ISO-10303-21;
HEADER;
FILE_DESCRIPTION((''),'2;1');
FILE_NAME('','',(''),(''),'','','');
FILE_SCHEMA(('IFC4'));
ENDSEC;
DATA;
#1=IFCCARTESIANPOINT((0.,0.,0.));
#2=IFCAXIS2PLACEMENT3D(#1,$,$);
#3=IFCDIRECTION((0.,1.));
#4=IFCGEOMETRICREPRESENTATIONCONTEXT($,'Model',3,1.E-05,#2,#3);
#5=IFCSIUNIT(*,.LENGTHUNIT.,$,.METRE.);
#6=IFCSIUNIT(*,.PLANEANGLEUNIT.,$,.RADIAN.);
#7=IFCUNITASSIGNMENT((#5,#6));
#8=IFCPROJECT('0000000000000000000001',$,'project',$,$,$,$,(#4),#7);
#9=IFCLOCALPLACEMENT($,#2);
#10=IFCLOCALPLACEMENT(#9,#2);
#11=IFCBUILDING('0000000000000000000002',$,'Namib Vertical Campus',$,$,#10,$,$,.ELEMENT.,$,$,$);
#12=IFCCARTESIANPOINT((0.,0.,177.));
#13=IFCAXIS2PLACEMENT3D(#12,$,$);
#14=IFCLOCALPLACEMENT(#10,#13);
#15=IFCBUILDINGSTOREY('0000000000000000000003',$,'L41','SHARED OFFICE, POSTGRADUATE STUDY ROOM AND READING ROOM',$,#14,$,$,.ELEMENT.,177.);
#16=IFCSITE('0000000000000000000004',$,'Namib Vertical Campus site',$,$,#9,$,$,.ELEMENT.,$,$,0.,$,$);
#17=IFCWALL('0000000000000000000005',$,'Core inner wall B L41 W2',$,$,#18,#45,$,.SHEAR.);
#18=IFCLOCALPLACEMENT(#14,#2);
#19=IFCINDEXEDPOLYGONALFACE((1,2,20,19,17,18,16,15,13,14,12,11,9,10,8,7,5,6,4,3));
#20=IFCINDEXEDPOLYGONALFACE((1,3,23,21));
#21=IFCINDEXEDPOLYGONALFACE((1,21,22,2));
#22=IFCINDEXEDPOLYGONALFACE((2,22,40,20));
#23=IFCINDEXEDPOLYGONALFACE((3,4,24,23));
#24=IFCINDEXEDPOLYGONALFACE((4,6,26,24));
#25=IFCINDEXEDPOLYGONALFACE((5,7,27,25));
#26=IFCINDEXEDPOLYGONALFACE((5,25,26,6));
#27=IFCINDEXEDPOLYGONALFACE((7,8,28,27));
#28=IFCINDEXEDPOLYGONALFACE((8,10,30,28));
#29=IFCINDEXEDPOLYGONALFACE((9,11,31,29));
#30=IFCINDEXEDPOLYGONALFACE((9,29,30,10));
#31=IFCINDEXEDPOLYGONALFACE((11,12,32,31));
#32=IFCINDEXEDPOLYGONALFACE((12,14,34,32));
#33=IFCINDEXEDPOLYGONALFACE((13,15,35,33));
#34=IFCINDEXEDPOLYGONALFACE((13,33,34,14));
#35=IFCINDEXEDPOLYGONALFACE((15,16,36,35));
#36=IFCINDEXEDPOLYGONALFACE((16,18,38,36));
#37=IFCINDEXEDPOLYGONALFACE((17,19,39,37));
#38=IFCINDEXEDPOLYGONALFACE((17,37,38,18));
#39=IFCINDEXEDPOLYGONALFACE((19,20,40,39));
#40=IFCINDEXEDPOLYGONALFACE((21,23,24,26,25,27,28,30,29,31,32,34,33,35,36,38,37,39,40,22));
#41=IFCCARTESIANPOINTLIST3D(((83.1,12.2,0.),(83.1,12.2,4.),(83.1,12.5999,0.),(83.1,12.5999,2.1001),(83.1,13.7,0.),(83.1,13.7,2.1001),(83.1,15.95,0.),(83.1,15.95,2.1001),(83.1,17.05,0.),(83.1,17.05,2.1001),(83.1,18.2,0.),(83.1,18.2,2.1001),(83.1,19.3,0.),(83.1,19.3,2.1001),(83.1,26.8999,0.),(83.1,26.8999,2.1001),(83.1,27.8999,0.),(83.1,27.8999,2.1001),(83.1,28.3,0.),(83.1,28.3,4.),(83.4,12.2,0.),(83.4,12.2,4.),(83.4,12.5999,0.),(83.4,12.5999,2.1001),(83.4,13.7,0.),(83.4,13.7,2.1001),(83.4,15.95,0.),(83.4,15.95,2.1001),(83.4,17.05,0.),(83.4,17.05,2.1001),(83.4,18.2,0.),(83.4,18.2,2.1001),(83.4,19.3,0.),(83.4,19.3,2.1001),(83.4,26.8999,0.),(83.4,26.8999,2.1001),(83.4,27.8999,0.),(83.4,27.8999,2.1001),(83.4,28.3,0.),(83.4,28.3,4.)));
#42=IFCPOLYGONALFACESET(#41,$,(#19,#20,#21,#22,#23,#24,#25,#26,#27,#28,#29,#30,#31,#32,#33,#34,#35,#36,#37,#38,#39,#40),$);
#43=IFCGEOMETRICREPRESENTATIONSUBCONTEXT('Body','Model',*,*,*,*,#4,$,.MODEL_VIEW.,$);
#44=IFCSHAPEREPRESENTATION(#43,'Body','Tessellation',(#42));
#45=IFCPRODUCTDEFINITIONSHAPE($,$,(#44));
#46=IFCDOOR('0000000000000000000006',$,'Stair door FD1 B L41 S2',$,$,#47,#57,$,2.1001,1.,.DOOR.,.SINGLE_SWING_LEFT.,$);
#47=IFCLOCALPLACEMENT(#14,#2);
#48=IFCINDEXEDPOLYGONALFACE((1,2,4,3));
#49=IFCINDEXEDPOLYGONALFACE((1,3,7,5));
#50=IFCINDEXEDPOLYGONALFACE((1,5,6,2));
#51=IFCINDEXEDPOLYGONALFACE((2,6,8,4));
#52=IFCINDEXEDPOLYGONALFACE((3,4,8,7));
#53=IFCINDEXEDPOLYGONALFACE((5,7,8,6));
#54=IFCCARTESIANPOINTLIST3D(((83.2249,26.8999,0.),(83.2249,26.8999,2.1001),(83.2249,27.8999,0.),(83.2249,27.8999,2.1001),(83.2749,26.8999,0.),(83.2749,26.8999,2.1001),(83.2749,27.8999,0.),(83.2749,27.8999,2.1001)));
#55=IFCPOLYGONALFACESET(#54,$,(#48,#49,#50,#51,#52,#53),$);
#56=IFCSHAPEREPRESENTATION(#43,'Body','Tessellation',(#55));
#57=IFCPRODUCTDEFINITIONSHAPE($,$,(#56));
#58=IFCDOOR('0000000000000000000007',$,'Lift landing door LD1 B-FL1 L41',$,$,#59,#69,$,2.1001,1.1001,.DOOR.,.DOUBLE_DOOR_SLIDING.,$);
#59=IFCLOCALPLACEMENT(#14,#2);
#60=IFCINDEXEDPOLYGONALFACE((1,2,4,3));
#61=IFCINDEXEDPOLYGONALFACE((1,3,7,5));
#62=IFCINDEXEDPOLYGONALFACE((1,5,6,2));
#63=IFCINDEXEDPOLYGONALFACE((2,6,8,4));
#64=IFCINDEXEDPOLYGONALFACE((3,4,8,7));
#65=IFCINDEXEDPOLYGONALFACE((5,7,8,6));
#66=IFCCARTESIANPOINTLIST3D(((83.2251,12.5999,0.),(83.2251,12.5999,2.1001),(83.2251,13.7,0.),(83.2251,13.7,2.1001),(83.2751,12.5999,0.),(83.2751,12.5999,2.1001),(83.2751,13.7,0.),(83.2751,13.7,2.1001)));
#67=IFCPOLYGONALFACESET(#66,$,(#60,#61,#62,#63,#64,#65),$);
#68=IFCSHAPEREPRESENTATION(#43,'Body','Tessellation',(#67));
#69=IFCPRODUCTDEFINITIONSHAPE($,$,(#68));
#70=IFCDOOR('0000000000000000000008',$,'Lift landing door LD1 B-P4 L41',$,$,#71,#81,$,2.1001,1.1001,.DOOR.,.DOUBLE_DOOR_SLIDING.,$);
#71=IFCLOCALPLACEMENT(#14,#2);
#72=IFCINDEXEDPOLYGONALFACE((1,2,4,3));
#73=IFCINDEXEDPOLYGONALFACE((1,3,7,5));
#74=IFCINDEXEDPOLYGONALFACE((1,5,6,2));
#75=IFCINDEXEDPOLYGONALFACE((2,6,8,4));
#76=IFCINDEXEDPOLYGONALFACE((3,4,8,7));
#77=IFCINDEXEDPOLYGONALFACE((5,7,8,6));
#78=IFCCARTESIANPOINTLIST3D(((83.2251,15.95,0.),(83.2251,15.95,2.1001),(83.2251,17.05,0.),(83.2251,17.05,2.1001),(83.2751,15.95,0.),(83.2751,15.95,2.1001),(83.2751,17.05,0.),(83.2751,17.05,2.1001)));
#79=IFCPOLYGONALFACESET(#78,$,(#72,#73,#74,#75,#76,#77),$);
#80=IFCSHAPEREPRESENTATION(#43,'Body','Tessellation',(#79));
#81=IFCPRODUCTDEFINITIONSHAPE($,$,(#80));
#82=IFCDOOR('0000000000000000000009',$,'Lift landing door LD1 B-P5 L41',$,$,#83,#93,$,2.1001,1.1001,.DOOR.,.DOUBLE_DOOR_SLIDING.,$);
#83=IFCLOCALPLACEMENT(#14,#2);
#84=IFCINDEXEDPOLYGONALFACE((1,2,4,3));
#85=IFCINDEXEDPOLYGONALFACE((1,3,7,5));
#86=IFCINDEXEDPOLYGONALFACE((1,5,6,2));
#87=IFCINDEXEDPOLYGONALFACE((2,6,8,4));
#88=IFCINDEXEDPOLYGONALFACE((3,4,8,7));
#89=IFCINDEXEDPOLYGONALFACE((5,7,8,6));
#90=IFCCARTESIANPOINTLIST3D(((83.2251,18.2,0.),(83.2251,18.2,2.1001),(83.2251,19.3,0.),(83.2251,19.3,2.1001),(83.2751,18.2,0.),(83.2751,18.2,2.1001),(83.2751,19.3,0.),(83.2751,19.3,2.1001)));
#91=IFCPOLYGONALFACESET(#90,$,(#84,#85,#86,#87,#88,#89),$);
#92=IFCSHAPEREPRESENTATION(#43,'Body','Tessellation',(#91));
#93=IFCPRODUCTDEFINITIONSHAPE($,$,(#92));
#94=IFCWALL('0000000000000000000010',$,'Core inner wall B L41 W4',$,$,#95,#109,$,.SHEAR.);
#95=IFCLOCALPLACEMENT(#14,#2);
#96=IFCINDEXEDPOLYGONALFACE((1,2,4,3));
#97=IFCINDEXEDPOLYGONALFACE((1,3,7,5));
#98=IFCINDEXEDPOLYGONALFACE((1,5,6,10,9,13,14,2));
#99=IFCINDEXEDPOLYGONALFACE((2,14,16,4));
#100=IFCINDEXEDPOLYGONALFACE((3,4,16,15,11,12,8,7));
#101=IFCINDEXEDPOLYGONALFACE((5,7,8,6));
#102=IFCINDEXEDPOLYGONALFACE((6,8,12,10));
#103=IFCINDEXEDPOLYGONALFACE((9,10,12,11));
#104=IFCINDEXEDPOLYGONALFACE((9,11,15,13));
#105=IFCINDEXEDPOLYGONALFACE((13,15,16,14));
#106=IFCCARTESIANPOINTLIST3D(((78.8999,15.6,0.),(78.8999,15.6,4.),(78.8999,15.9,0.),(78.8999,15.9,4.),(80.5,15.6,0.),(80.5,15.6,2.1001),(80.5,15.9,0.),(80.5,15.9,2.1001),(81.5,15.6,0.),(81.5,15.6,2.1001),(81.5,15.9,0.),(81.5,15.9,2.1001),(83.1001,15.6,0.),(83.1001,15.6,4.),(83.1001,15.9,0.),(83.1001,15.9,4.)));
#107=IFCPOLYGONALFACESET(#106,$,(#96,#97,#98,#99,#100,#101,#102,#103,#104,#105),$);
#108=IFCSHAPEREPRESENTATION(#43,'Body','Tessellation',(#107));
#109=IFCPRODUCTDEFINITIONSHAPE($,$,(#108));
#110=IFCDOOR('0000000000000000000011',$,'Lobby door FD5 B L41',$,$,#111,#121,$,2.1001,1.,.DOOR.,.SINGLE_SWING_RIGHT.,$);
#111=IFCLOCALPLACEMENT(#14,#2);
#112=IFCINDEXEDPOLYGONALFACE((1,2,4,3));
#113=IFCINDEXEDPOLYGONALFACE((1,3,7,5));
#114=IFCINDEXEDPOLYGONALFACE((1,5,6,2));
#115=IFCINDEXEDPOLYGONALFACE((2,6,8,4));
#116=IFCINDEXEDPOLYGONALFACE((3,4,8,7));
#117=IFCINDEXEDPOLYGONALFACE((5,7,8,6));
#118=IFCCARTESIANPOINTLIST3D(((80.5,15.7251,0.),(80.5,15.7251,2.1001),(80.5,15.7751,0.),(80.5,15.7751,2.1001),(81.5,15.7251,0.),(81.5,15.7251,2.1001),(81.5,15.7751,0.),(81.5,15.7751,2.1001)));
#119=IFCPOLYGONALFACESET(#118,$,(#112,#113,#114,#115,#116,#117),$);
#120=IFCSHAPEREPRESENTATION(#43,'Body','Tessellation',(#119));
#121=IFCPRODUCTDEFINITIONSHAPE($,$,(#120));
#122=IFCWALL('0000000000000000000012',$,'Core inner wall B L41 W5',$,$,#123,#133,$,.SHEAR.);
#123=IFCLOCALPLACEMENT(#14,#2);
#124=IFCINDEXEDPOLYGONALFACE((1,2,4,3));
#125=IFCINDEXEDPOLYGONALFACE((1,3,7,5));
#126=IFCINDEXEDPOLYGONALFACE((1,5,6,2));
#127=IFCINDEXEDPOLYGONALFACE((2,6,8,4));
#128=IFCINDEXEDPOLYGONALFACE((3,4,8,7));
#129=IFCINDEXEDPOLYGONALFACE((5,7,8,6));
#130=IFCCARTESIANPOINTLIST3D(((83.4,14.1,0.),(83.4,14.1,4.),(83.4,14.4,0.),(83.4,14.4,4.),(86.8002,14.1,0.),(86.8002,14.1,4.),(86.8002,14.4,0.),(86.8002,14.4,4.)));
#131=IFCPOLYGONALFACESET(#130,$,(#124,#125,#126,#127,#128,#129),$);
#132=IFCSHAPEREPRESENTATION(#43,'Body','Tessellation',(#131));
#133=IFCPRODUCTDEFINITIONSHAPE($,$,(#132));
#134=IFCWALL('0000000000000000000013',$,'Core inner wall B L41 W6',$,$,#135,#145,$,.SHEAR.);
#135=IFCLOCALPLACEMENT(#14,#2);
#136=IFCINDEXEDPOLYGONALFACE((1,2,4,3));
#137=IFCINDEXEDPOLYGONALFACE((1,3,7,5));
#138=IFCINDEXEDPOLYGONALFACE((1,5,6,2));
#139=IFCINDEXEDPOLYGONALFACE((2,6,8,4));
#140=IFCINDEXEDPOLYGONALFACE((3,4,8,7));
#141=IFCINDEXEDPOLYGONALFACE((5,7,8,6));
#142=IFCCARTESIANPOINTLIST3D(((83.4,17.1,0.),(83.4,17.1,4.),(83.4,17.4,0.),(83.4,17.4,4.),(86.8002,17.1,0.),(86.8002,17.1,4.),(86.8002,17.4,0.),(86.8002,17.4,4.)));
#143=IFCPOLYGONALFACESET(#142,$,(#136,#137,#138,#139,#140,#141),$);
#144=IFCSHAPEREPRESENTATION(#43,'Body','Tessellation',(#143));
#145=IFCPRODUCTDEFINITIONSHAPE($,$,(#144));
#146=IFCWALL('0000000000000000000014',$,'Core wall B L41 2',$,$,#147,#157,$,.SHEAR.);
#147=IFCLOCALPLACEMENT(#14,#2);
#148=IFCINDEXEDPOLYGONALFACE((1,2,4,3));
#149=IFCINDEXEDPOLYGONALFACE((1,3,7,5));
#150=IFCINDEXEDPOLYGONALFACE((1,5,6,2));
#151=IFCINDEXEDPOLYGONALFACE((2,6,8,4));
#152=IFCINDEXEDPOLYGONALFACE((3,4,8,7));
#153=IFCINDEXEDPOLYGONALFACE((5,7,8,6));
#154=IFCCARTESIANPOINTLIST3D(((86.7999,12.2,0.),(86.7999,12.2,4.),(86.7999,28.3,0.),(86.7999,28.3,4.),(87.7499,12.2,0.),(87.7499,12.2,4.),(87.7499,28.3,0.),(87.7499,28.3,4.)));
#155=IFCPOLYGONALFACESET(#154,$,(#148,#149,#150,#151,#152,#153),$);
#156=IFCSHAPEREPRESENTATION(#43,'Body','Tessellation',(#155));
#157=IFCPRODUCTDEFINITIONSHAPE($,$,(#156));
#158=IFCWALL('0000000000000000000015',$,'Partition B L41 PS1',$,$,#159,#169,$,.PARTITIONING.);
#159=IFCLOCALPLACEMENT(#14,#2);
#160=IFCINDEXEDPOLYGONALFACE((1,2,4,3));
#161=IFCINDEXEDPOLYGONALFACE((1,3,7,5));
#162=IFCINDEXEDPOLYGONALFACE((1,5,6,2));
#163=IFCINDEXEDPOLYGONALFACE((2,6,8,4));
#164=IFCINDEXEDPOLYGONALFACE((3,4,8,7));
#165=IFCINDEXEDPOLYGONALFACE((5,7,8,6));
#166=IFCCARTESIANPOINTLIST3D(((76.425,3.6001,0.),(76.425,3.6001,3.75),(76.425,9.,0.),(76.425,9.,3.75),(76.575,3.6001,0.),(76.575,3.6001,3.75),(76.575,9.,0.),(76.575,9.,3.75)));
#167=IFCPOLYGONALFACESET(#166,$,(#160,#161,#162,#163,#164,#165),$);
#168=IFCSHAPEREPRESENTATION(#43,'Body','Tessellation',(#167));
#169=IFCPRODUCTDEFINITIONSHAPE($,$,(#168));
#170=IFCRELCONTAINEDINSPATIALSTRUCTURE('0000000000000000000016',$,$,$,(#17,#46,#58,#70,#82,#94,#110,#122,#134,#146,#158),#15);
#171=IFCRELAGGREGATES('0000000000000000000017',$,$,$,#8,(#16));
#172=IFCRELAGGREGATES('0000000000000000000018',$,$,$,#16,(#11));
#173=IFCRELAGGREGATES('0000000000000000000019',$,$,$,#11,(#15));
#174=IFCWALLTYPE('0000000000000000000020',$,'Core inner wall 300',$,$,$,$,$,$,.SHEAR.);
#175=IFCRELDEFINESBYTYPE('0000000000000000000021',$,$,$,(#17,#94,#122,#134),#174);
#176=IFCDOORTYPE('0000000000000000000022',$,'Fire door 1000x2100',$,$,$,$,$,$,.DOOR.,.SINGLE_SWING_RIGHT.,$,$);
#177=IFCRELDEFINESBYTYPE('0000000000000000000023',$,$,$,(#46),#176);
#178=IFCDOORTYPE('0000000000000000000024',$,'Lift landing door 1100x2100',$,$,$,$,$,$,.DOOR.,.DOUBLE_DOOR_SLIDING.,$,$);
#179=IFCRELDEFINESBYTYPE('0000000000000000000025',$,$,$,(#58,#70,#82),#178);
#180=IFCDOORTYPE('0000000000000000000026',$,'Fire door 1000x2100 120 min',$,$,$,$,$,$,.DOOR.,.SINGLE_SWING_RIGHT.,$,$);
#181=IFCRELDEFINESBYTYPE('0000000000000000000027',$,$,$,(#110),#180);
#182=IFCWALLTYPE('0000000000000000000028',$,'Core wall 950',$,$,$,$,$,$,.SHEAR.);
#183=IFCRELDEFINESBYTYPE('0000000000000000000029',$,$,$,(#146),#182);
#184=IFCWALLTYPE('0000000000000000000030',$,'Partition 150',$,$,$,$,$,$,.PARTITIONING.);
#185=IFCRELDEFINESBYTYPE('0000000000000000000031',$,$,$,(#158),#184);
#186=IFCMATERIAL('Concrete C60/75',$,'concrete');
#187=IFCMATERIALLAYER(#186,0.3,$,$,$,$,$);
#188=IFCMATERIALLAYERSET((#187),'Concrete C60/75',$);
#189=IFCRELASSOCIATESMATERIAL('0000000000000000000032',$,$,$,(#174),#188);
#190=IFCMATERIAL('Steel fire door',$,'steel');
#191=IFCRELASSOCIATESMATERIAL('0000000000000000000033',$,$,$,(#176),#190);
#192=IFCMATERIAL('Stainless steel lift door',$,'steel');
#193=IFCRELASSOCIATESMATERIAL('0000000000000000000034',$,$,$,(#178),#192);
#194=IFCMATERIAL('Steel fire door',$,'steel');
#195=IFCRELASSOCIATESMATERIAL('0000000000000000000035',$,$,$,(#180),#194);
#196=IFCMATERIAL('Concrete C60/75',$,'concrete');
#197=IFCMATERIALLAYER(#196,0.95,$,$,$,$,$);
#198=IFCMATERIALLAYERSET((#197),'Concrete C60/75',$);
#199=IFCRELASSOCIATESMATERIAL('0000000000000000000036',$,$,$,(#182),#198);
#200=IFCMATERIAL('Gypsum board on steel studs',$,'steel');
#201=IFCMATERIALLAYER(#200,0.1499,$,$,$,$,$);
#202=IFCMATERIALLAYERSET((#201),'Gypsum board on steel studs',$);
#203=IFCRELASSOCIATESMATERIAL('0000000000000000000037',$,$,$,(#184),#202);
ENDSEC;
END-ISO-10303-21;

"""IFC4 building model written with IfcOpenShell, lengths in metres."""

from ifc_helpers import new_model, si_unit, direction, frame, frame_2d, origin, place, context, subcontext, project, spatial, rectangle, extrude, material, layer, layer_set, type_object, element, fill, save


model = new_model("IFC4")

# Units and contexts
model_context = context("Model", 3, precision=1e-05, world=origin(), true_north=direction((0.0, 1.0)))
body_context = subcontext(model_context, "Body", "Model", "MODEL_VIEW")
ifc_project = project(units=[si_unit("LENGTHUNIT", "METRE"), si_unit("PLANEANGLEUNIT", "RADIAN")], contexts=[model_context])

# Site, building, storey
site_placement = place(None, origin())
site = spatial("IfcSite", under=ifc_project, at=site_placement, Name="Namib Vertical Campus site", CompositionType="ELEMENT", RefElevation=0.0)
building_placement = place(site_placement, origin())
building = spatial("IfcBuilding", under=site, at=building_placement, Name="Namib Vertical Campus", CompositionType="ELEMENT")
storey_placement = place(building_placement, frame((0.0, 0.0, 177.0)))
storey = spatial("IfcBuildingStorey", under=building, at=storey_placement, Name="L41", Description="SHARED OFFICE, POSTGRADUATE STUDY ROOM AND READING ROOM", CompositionType="ELEMENT", Elevation=177.0)

# Wall, openings, doors
ifc_material_1 = material(Name="Concrete C60/75", Category="concrete")
ifc_layer_1 = layer(ifc_material_1, 0.3)
ifc_layer_set_1 = layer_set([ifc_layer_1], Name="Concrete C60/75")
wall_type_1 = type_object("IfcWallType", Name="Core inner wall 300", PredefinedType="SHEAR", material=ifc_layer_set_1)
ifc_material_2 = material(Name="Steel fire door", Category="steel")
door_type_1 = type_object("IfcDoorType", Name="Fire door 1000x2100", OperationType="SINGLE_SWING_RIGHT", PredefinedType="DOOR", material=ifc_material_2)
ifc_material_3 = material(Name="Stainless steel lift door", Category="steel")
door_type_2 = type_object("IfcDoorType", Name="Lift landing door 1100x2100", OperationType="DOUBLE_DOOR_SLIDING", PredefinedType="DOOR", material=ifc_material_3)
wall_1_placement = place(storey_placement, frame((83.25, 12.2, 0.0), z_axis=(0.0, 0.0, 1.0), x_axis=(0.0, 1.0, 0.0)))
wall_1 = element("IfcWall", 1, at=wall_1_placement, inside=storey, type_object=wall_type_1, Name="Core inner wall B L41 W2", PredefinedType="SHEAR", context=body_context, shape_type="SweptSolid", body=[
    extrude(rectangle(XDim=16.1001, YDim=0.3, at=frame_2d((8.05, 0.0))), origin(), (0.0, 0.0, 1.0), 4.0),
])
opening_1_placement = place(wall_1_placement, frame((14.7, 0.0, 0.0)))
opening_1 = element("IfcOpeningElement", 2, at=opening_1_placement, cuts=wall_1, PredefinedType="OPENING", context=body_context, shape_type="SweptSolid", body=[
    extrude(rectangle(XDim=1.0, YDim=2.1001, at=frame_2d((0.5, 1.05))), frame((0.0, 0.1599, 0.0), z_axis=(0.0, -1.0, 0.0), x_axis=(1.0, 0.0, 0.0)), (0.0, 0.0, 1.0), 0.3201),
])
opening_2_placement = place(wall_1_placement, frame((0.3999, 0.0, 0.0)))
opening_2 = element("IfcOpeningElement", 3, at=opening_2_placement, cuts=wall_1, PredefinedType="OPENING", context=body_context, shape_type="SweptSolid", body=[
    extrude(rectangle(XDim=1.1001, YDim=2.1001, at=frame_2d((0.55, 1.05))), frame((0.0, 0.1599, 0.0), z_axis=(0.0, -1.0, 0.0), x_axis=(1.0, 0.0, 0.0)), (0.0, 0.0, 1.0), 0.3201),
])
opening_3_placement = place(wall_1_placement, frame((3.75, 0.0, 0.0)))
opening_3 = element("IfcOpeningElement", 4, at=opening_3_placement, cuts=wall_1, PredefinedType="OPENING", context=body_context, shape_type="SweptSolid", body=[
    extrude(rectangle(XDim=1.1001, YDim=2.1001, at=frame_2d((0.55, 1.05))), frame((0.0, 0.1599, 0.0), z_axis=(0.0, -1.0, 0.0), x_axis=(1.0, 0.0, 0.0)), (0.0, 0.0, 1.0), 0.3201),
])
opening_4_placement = place(wall_1_placement, frame((6.0, 0.0, 0.0)))
opening_4 = element("IfcOpeningElement", 5, at=opening_4_placement, cuts=wall_1, PredefinedType="OPENING", context=body_context, shape_type="SweptSolid", body=[
    extrude(rectangle(XDim=1.1001, YDim=2.1001, at=frame_2d((0.55, 1.05))), frame((0.0, 0.1599, 0.0), z_axis=(0.0, -1.0, 0.0), x_axis=(1.0, 0.0, 0.0)), (0.0, 0.0, 1.0), 0.3201),
])
door_1_placement = place(opening_1_placement, frame((1.0, 0.0, 0.0), z_axis=(0.0, 0.0, 1.0), x_axis=(-1.0, 0.0, 0.0)))
door_1 = element("IfcDoor", 6, at=door_1_placement, inside=storey, type_object=door_type_1, Name="Stair door FD1 B L41 S2", OperationType="SINGLE_SWING_LEFT", OverallHeight=2.1001, OverallWidth=1.0, PredefinedType="DOOR", context=body_context, shape_type="SweptSolid", body=[
    extrude(rectangle(XDim=1.0, YDim=2.1001, at=frame_2d((0.5, 1.05))), frame((0.0, 0.0249, 0.0), z_axis=(0.0, -1.0, 0.0), x_axis=(1.0, 0.0, 0.0)), (0.0, 0.0, 1.0), 0.05),
])
fill(opening_1, door_1)
door_2_placement = place(opening_2_placement, origin())
door_2 = element("IfcDoor", 7, at=door_2_placement, inside=storey, type_object=door_type_2, Name="Lift landing door LD1 B-FL1 L41", OperationType="DOUBLE_DOOR_SLIDING", OverallHeight=2.1001, OverallWidth=1.1001, PredefinedType="DOOR", context=body_context, shape_type="SweptSolid", body=[
    extrude(rectangle(XDim=1.1001, YDim=2.1001, at=frame_2d((0.55, 1.05))), frame((0.0, 0.0249, 0.0), z_axis=(0.0, -1.0, 0.0), x_axis=(1.0, 0.0, 0.0)), (0.0, 0.0, 1.0), 0.05),
])
fill(opening_2, door_2)
door_3_placement = place(opening_3_placement, origin())
door_3 = element("IfcDoor", 8, at=door_3_placement, inside=storey, type_object=door_type_2, Name="Lift landing door LD1 B-P4 L41", OperationType="DOUBLE_DOOR_SLIDING", OverallHeight=2.1001, OverallWidth=1.1001, PredefinedType="DOOR", context=body_context, shape_type="SweptSolid", body=[
    extrude(rectangle(XDim=1.1001, YDim=2.1001, at=frame_2d((0.55, 1.05))), frame((0.0, 0.0249, 0.0), z_axis=(0.0, -1.0, 0.0), x_axis=(1.0, 0.0, 0.0)), (0.0, 0.0, 1.0), 0.05),
])
fill(opening_3, door_3)
door_4_placement = place(opening_4_placement, origin())
door_4 = element("IfcDoor", 9, at=door_4_placement, inside=storey, type_object=door_type_2, Name="Lift landing door LD1 B-P5 L41", OperationType="DOUBLE_DOOR_SLIDING", OverallHeight=2.1001, OverallWidth=1.1001, PredefinedType="DOOR", context=body_context, shape_type="SweptSolid", body=[
    extrude(rectangle(XDim=1.1001, YDim=2.1001, at=frame_2d((0.55, 1.05))), frame((0.0, 0.0249, 0.0), z_axis=(0.0, -1.0, 0.0), x_axis=(1.0, 0.0, 0.0)), (0.0, 0.0, 1.0), 0.05),
])
fill(opening_4, door_4)

# Wall, opening, door
wall_2_placement = place(storey_placement, frame((78.8999, 15.75, 0.0), z_axis=(0.0, 0.0, 1.0), x_axis=(1.0, 0.0, 0.0)))
wall_2 = element("IfcWall", 10, at=wall_2_placement, inside=storey, type_object=wall_type_1, Name="Core inner wall B L41 W4", PredefinedType="SHEAR", context=body_context, shape_type="SweptSolid", body=[
    extrude(rectangle(XDim=4.2002, YDim=0.3, at=frame_2d((2.1001, 0.0))), origin(), (0.0, 0.0, 1.0), 4.0),
])
opening_5_placement = place(wall_2_placement, frame((1.6001, 0.0, 0.0)))
opening_5 = element("IfcOpeningElement", 11, at=opening_5_placement, cuts=wall_2, PredefinedType="OPENING", context=body_context, shape_type="SweptSolid", body=[
    extrude(rectangle(XDim=1.0, YDim=2.1001, at=frame_2d((0.5, 1.05))), frame((0.0, 0.1599, 0.0), z_axis=(0.0, -1.0, 0.0), x_axis=(1.0, 0.0, 0.0)), (0.0, 0.0, 1.0), 0.3201),
])
ifc_material_4 = material(Name="Steel fire door", Category="steel")
door_type_3 = type_object("IfcDoorType", Name="Fire door 1000x2100 120 min", OperationType="SINGLE_SWING_RIGHT", PredefinedType="DOOR", material=ifc_material_4)
door_5_placement = place(opening_5_placement, frame((1.0, 0.0, 0.0), z_axis=(0.0, 0.0, 1.0), x_axis=(-1.0, 0.0, 0.0)))
door_5 = element("IfcDoor", 12, at=door_5_placement, inside=storey, type_object=door_type_3, Name="Lobby door FD5 B L41", OperationType="SINGLE_SWING_RIGHT", OverallHeight=2.1001, OverallWidth=1.0, PredefinedType="DOOR", context=body_context, shape_type="SweptSolid", body=[
    extrude(rectangle(XDim=1.0, YDim=2.1001, at=frame_2d((0.5, 1.05))), frame((0.0, 0.0249, 0.0), z_axis=(0.0, -1.0, 0.0), x_axis=(1.0, 0.0, 0.0)), (0.0, 0.0, 1.0), 0.05),
])
fill(opening_5, door_5)

# Walls
for number, where, z_axis, x_axis, name in (
    (13, (83.3999, 14.25, 0.0), (0.0, 0.0, 1.0), (1.0, 0.0, 0.0), "Core inner wall B L41 W5"),
    (14, (83.3999, 17.25, 0.0), (0.0, 0.0, 1.0), (1.0, 0.0, 0.0), "Core inner wall B L41 W6"),
):
    element("IfcWall", number, at=place(storey_placement, frame(where, z_axis=z_axis, x_axis=x_axis)), inside=storey, type_object=wall_type_1, Name=name, PredefinedType="SHEAR", context=body_context, shape_type="SweptSolid", body=[
        extrude(rectangle(XDim=3.4001, YDim=0.3, at=frame_2d((1.7002, 0.0))), origin(), (0.0, 0.0, 1.0), 4.0),
    ])
ifc_material_5 = material(Name="Concrete C60/75", Category="concrete")
ifc_layer_2 = layer(ifc_material_5, 0.95)
ifc_layer_set_2 = layer_set([ifc_layer_2], Name="Concrete C60/75")
wall_type_2 = type_object("IfcWallType", Name="Core wall 950", PredefinedType="SHEAR", material=ifc_layer_set_2)
wall_3_placement = place(storey_placement, frame((87.2749, 12.2, 0.0), z_axis=(0.0, 0.0, 1.0), x_axis=(0.0, 1.0, 0.0)))
element("IfcWall", 15, at=wall_3_placement, inside=storey, type_object=wall_type_2, Name="Core wall B L41 2", PredefinedType="SHEAR", context=body_context, shape_type="SweptSolid", body=[
    extrude(rectangle(XDim=16.1001, YDim=0.95, at=frame_2d((8.05, 0.0))), origin(), (0.0, 0.0, 1.0), 4.0),
])
ifc_material_6 = material(Name="Gypsum board on steel studs", Category="steel")
ifc_layer_3 = layer(ifc_material_6, 0.1499)
ifc_layer_set_3 = layer_set([ifc_layer_3], Name="Gypsum board on steel studs")
wall_type_3 = type_object("IfcWallType", Name="Partition 150", PredefinedType="PARTITIONING", material=ifc_layer_set_3)
wall_4_placement = place(storey_placement, frame((76.5, 3.6001, 0.0), z_axis=(0.0, 0.0, 1.0), x_axis=(0.0, 1.0, 0.0)))
element("IfcWall", 16, at=wall_4_placement, inside=storey, type_object=wall_type_3, Name="Partition B L41 PS1", PredefinedType="PARTITIONING", context=body_context, shape_type="SweptSolid", body=[
    extrude(rectangle(XDim=5.3999, YDim=0.1499, at=frame_2d((2.7, 0.0))), origin(), (0.0, 0.0, 1.0), 3.75),
])

save(model, "model.ifc")
